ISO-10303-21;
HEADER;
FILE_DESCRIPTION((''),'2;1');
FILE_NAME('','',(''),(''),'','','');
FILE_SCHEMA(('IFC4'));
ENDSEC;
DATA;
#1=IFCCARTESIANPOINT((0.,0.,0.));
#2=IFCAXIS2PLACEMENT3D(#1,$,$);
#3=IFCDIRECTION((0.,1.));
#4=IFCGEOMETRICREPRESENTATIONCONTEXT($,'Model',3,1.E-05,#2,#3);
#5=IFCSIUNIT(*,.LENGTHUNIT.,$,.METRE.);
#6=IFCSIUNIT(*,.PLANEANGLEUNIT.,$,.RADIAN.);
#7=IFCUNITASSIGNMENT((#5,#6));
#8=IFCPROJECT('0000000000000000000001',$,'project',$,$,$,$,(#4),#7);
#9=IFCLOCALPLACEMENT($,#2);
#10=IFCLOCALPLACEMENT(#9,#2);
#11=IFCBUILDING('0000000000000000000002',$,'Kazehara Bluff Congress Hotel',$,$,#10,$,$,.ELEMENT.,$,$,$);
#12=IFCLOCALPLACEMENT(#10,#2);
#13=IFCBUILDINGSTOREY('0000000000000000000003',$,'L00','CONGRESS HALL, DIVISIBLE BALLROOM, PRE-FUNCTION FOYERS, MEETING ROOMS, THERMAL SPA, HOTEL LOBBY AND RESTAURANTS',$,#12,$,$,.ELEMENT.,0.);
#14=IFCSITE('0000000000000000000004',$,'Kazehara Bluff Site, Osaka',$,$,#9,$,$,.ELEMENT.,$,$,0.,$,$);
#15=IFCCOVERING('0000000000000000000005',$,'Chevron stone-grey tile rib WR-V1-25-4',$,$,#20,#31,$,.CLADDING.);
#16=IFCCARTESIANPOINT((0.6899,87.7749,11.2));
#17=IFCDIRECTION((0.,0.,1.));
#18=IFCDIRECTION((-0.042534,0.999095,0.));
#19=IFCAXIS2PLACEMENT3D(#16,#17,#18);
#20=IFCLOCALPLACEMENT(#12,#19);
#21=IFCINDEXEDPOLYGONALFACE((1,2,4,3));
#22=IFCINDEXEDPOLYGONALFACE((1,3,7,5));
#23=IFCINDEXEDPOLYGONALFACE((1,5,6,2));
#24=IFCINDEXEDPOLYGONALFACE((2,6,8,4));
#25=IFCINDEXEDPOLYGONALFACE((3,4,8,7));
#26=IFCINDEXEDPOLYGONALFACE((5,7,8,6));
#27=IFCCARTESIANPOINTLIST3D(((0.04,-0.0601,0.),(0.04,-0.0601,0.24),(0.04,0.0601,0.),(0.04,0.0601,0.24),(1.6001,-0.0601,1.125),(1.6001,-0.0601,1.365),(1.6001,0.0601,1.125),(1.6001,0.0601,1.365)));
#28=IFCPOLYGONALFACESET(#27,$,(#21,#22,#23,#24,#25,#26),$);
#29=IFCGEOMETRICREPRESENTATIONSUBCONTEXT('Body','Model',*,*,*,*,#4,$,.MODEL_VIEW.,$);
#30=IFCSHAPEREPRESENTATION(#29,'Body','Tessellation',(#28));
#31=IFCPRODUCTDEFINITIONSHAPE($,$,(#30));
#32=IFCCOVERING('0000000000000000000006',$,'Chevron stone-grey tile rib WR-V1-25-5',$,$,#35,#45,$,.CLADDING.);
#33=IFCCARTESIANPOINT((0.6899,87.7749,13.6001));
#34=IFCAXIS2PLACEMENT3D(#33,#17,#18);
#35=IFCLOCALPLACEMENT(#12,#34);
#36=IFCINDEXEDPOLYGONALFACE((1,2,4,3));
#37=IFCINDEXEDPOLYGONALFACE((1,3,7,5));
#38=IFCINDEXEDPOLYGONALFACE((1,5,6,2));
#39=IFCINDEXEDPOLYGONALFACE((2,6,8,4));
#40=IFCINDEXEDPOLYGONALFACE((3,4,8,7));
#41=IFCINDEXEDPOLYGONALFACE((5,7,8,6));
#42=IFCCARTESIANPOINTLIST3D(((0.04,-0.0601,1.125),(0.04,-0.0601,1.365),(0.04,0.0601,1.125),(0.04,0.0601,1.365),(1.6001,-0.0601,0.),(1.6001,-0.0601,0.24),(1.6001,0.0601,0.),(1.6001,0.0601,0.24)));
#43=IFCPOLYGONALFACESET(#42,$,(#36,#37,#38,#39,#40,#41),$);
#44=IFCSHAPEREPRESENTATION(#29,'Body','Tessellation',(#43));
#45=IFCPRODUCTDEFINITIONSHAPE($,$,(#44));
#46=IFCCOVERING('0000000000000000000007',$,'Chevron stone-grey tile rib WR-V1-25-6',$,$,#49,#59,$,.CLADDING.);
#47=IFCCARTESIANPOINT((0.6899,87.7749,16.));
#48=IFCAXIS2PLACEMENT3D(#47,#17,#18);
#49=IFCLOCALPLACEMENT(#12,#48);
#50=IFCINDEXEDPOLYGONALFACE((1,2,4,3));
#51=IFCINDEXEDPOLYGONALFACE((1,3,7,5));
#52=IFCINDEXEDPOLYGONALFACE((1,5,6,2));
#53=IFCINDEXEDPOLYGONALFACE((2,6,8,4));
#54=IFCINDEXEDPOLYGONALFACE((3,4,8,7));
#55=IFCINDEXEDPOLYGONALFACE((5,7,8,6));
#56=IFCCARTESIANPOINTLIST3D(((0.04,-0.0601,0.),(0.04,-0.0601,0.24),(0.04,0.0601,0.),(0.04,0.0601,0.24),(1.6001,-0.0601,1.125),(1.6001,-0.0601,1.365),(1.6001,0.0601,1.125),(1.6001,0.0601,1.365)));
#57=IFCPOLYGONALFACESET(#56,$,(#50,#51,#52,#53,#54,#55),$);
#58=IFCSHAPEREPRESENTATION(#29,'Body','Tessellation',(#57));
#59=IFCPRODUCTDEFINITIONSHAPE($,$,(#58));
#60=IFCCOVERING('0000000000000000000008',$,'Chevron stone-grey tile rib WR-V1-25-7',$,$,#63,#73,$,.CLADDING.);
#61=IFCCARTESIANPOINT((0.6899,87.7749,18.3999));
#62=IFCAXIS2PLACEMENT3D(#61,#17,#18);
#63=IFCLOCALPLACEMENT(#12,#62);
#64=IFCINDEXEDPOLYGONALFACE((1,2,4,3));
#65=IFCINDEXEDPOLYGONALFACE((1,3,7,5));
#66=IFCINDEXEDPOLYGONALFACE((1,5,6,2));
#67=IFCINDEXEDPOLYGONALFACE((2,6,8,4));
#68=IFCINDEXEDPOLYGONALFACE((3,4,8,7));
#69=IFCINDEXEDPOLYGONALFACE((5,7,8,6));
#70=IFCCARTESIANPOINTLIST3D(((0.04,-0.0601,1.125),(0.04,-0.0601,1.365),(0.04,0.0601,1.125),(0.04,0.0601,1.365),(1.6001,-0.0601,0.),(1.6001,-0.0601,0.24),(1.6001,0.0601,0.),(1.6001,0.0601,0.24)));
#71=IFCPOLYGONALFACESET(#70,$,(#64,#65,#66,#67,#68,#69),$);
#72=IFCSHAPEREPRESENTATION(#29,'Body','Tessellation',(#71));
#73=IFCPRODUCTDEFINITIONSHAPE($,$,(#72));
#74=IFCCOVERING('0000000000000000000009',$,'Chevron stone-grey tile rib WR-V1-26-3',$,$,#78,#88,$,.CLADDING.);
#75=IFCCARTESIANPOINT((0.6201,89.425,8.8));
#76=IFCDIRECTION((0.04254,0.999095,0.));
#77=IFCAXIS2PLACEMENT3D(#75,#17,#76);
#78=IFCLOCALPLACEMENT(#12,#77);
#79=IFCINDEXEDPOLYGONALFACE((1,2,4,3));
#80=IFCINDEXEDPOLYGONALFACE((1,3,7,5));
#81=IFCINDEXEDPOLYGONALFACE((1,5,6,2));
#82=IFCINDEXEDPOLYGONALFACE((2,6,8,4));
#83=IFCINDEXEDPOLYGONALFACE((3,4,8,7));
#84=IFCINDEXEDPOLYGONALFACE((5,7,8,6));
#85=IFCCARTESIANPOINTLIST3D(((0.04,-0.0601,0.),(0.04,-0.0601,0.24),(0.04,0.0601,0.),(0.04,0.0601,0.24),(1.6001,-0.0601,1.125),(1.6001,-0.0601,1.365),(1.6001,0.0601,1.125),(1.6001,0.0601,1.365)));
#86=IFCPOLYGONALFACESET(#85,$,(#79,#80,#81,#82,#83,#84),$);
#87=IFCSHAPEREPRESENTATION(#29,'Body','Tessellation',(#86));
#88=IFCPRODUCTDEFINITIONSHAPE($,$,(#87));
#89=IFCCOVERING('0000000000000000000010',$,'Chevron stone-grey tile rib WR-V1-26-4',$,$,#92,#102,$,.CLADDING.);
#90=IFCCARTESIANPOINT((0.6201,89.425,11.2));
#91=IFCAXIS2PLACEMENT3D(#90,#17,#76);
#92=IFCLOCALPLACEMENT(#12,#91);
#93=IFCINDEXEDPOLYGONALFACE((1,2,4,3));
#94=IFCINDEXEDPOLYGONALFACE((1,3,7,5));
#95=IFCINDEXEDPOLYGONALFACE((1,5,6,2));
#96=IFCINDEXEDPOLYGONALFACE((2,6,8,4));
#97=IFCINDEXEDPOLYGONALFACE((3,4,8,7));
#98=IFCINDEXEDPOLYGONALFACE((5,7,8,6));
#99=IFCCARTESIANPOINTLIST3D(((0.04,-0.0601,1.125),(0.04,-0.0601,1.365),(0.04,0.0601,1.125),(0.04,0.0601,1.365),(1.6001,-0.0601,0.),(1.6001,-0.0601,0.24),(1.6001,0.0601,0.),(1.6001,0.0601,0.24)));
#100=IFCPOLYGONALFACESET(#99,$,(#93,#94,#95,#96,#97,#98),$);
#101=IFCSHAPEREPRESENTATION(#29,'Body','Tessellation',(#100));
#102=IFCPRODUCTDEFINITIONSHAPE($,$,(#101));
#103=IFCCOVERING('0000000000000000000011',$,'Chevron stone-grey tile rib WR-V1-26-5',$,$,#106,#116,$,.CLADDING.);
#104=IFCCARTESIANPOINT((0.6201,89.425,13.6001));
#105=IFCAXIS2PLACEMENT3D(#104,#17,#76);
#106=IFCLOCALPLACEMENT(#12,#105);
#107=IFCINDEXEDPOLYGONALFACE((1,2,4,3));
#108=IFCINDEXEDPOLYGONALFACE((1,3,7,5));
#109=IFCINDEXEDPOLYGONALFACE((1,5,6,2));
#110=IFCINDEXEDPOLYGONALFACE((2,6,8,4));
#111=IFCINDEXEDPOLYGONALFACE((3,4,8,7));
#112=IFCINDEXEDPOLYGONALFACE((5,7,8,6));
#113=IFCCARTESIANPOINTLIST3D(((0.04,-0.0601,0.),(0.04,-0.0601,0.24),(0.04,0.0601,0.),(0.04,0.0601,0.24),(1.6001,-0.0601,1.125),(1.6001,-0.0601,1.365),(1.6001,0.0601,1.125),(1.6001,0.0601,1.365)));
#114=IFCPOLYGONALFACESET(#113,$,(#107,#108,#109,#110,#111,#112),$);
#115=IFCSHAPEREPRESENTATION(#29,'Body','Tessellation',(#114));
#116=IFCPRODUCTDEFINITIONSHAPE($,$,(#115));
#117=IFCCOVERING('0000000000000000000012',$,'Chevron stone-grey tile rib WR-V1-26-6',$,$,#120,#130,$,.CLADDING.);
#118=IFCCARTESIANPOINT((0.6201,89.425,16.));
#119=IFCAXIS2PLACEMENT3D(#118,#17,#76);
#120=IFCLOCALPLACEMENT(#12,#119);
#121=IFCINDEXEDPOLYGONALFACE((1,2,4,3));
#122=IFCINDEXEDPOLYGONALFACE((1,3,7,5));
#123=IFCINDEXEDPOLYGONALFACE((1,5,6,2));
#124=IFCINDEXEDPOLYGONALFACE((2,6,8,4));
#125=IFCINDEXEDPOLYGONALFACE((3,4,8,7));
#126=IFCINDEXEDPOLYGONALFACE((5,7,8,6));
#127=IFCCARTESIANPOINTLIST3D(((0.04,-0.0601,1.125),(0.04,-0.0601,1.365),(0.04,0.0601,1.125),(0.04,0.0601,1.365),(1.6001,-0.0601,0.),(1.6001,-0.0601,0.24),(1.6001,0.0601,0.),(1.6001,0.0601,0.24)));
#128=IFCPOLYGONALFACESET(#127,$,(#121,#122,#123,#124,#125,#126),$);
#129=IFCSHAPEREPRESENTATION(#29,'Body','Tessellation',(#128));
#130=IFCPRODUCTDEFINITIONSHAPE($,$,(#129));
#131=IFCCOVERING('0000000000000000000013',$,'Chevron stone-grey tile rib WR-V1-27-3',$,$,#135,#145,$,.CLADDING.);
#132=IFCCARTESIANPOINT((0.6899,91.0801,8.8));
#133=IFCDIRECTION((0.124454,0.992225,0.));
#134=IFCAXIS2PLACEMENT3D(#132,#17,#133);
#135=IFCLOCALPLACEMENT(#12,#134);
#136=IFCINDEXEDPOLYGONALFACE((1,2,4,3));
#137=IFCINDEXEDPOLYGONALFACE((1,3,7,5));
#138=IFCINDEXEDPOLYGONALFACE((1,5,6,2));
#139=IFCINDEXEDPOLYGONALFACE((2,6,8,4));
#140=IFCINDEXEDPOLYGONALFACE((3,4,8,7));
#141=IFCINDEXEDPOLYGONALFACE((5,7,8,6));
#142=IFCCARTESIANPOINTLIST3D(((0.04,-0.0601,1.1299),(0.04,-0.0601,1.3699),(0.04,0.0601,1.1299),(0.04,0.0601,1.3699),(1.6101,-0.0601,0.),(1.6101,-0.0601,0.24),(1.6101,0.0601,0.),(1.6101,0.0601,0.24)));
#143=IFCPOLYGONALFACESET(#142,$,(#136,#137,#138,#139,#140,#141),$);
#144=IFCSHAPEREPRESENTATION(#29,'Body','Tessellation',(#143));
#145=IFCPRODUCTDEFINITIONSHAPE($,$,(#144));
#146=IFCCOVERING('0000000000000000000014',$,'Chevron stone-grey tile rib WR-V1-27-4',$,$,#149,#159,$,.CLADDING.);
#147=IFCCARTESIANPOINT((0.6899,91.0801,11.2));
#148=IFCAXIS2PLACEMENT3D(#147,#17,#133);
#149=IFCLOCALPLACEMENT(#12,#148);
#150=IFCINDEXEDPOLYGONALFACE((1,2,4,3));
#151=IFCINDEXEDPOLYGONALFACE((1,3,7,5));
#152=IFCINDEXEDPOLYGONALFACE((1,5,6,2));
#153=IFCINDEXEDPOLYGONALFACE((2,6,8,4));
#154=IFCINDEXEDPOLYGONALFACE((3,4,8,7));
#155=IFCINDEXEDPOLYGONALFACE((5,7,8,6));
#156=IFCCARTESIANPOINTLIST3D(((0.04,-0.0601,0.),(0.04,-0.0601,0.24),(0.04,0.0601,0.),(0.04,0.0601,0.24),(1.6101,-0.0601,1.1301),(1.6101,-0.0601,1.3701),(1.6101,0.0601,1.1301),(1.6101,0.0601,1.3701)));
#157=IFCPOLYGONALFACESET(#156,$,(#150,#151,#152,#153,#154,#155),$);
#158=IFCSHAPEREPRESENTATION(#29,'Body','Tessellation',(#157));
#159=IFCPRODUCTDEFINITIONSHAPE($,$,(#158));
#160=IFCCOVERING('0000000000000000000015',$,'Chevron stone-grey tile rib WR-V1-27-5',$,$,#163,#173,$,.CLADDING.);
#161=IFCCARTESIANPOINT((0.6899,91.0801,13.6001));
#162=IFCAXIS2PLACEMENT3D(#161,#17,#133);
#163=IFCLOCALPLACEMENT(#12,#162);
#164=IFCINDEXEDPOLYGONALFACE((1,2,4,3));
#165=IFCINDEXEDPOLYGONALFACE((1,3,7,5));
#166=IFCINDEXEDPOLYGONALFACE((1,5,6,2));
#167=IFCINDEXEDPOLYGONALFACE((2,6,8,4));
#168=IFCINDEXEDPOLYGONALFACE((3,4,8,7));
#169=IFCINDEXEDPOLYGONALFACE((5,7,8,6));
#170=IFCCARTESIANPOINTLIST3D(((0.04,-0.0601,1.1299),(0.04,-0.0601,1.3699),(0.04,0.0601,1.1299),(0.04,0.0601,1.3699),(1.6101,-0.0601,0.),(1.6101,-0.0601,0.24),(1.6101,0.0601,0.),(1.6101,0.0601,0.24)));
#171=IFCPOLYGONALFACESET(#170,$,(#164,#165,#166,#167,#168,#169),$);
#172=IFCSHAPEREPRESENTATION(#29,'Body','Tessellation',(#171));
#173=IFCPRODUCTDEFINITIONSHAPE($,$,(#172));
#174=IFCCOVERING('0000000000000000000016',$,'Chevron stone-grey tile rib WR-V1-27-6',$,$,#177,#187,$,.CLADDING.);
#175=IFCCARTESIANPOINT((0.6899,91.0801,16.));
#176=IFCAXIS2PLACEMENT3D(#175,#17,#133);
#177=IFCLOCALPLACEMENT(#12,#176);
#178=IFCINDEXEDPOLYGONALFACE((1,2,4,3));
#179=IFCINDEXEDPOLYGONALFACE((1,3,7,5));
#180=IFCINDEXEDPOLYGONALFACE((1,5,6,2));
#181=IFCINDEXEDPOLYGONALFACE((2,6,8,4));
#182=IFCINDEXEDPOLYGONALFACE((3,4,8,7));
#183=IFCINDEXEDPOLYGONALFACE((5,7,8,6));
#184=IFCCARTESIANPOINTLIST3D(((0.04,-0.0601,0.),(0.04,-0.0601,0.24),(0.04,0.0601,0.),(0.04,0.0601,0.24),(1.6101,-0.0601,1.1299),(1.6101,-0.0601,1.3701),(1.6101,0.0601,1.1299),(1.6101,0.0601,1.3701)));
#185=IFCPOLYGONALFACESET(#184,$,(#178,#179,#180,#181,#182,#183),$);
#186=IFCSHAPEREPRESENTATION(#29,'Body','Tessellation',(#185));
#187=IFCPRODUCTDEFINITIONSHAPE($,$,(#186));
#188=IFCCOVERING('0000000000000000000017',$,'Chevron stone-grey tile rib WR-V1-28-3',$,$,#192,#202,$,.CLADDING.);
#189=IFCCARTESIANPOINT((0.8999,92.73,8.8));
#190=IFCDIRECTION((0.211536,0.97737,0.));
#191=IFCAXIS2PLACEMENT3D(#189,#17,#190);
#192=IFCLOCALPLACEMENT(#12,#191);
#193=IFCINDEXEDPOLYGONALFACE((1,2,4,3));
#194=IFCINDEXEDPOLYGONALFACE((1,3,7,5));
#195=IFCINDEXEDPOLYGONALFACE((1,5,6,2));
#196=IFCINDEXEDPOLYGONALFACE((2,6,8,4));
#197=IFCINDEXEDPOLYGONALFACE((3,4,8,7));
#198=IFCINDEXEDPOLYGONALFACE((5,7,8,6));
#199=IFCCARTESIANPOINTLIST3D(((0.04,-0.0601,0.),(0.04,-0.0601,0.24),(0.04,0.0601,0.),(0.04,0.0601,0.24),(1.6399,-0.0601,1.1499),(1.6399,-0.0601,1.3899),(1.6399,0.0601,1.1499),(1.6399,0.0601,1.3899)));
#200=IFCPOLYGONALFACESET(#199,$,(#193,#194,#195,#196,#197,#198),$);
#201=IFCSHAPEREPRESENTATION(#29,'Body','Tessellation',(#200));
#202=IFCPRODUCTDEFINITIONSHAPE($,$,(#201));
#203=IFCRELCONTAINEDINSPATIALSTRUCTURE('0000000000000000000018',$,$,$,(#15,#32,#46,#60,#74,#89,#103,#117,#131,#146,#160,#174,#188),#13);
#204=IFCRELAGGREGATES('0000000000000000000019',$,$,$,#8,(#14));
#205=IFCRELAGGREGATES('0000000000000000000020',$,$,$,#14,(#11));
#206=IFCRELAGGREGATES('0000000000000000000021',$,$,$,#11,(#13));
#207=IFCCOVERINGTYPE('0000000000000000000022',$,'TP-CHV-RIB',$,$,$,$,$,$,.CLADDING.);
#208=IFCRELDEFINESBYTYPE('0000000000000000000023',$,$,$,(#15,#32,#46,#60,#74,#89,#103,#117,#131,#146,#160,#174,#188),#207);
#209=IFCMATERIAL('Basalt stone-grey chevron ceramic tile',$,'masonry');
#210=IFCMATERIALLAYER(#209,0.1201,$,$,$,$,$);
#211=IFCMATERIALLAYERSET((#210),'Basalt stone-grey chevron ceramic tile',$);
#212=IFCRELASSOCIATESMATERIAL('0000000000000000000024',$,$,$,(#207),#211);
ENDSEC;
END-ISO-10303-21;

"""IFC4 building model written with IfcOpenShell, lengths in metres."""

from ifc_helpers import new_model, si_unit, direction, frame, origin, place, context, subcontext, project, spatial, polyline, outline, extrude, material, layer, layer_set, type_object, element, save


model = new_model("IFC4")

# Units and contexts
model_context = context("Model", 3, precision=1e-05, world=origin(), true_north=direction((0.0, 1.0)))
body_context = subcontext(model_context, "Body", "Model", "MODEL_VIEW")
ifc_project = project(units=[si_unit("LENGTHUNIT", "METRE"), si_unit("PLANEANGLEUNIT", "RADIAN")], contexts=[model_context])

# Site, building, storey
site_placement = place(None, origin())
site = spatial("IfcSite", under=ifc_project, at=site_placement, Name="Kazehara Bluff Site, Osaka", CompositionType="ELEMENT", RefElevation=0.0)
building_placement = place(site_placement, origin())
building = spatial("IfcBuilding", under=site, at=building_placement, Name="Kazehara Bluff Congress Hotel", CompositionType="ELEMENT")
storey_placement = place(building_placement, origin())
storey = spatial("IfcBuildingStorey", under=building, at=storey_placement, Name="L00", Description="CONGRESS HALL, DIVISIBLE BALLROOM, PRE-FUNCTION FOYERS, MEETING ROOMS, THERMAL SPA, HOTEL LOBBY AND RESTAURANTS", CompositionType="ELEMENT", Elevation=0.0)

# Coverings
ifc_material = material(Name="Basalt stone-grey chevron ceramic tile", Category="masonry")
ifc_layer = layer(ifc_material, 0.1201)
ifc_layer_set = layer_set([ifc_layer], Name="Basalt stone-grey chevron ceramic tile")
covering_type = type_object("IfcCoveringType", Name="TP-CHV-RIB", PredefinedType="CLADDING", material=ifc_layer_set)
covering_1_placement = place(storey_placement, frame((0.6899, 87.7749, 11.2), z_axis=(0.0, 0.0, 1.0), x_axis=(-0.042534, 0.999095, 0.0)))
element("IfcCovering", 1, at=covering_1_placement, inside=storey, type_object=covering_type, Name="Chevron stone-grey tile rib WR-V1-25-4", PredefinedType="CLADDING", context=body_context, shape_type="SweptSolid", body=[
    extrude(outline(polyline([(0.04, 0.0), (1.6001, 1.125), (1.6001, 1.365), (0.04, 0.24), (0.04, 0.0)])), frame((0.0, 0.0601, 0.0), z_axis=(0.0, -1.0, 0.0), x_axis=(1.0, 0.0, 0.0)), (0.0, 0.0, 1.0), 0.1201),
])
covering_2_placement = place(storey_placement, frame((0.6899, 87.7749, 13.6001), z_axis=(0.0, 0.0, 1.0), x_axis=(-0.042534, 0.999095, 0.0)))
element("IfcCovering", 2, at=covering_2_placement, inside=storey, type_object=covering_type, Name="Chevron stone-grey tile rib WR-V1-25-5", PredefinedType="CLADDING", context=body_context, shape_type="SweptSolid", body=[
    extrude(outline(polyline([(0.04, 1.125), (1.6001, 0.0), (1.6001, 0.24), (0.04, 1.365), (0.04, 1.125)])), frame((0.0, 0.0601, 0.0), z_axis=(0.0, -1.0, 0.0), x_axis=(1.0, 0.0, 0.0)), (0.0, 0.0, 1.0), 0.1201),
])
covering_3_placement = place(storey_placement, frame((0.6899, 87.7749, 16.0), z_axis=(0.0, 0.0, 1.0), x_axis=(-0.042534, 0.999095, 0.0)))
element("IfcCovering", 3, at=covering_3_placement, inside=storey, type_object=covering_type, Name="Chevron stone-grey tile rib WR-V1-25-6", PredefinedType="CLADDING", context=body_context, shape_type="SweptSolid", body=[
    extrude(outline(polyline([(0.04, 0.0), (1.6001, 1.125), (1.6001, 1.365), (0.04, 0.24), (0.04, 0.0)])), frame((0.0, 0.0601, 0.0), z_axis=(0.0, -1.0, 0.0), x_axis=(1.0, 0.0, 0.0)), (0.0, 0.0, 1.0), 0.1201),
])
covering_4_placement = place(storey_placement, frame((0.6899, 87.7749, 18.3999), z_axis=(0.0, 0.0, 1.0), x_axis=(-0.042534, 0.999095, 0.0)))
element("IfcCovering", 4, at=covering_4_placement, inside=storey, type_object=covering_type, Name="Chevron stone-grey tile rib WR-V1-25-7", PredefinedType="CLADDING", context=body_context, shape_type="SweptSolid", body=[
    extrude(outline(polyline([(0.04, 1.125), (1.6001, 0.0), (1.6001, 0.24), (0.04, 1.365), (0.04, 1.125)])), frame((0.0, 0.0601, 0.0), z_axis=(0.0, -1.0, 0.0), x_axis=(1.0, 0.0, 0.0)), (0.0, 0.0, 1.0), 0.1201),
])
covering_5_placement = place(storey_placement, frame((0.6201, 89.425, 8.8), z_axis=(0.0, 0.0, 1.0), x_axis=(0.04254, 0.999095, 0.0)))
element("IfcCovering", 5, at=covering_5_placement, inside=storey, type_object=covering_type, Name="Chevron stone-grey tile rib WR-V1-26-3", PredefinedType="CLADDING", context=body_context, shape_type="SweptSolid", body=[
    extrude(outline(polyline([(0.04, 0.0), (1.6001, 1.125), (1.6001, 1.365), (0.04, 0.24), (0.04, 0.0)])), frame((0.0, 0.0601, 0.0), z_axis=(0.0, -1.0, 0.0), x_axis=(1.0, 0.0, 0.0)), (0.0, 0.0, 1.0), 0.1201),
])
covering_6_placement = place(storey_placement, frame((0.6201, 89.425, 11.2), z_axis=(0.0, 0.0, 1.0), x_axis=(0.04254, 0.999095, 0.0)))
element("IfcCovering", 6, at=covering_6_placement, inside=storey, type_object=covering_type, Name="Chevron stone-grey tile rib WR-V1-26-4", PredefinedType="CLADDING", context=body_context, shape_type="SweptSolid", body=[
    extrude(outline(polyline([(0.04, 1.125), (1.6001, 0.0), (1.6001, 0.24), (0.04, 1.365), (0.04, 1.125)])), frame((0.0, 0.0601, 0.0), z_axis=(0.0, -1.0, 0.0), x_axis=(1.0, 0.0, 0.0)), (0.0, 0.0, 1.0), 0.1201),
])
covering_7_placement = place(storey_placement, frame((0.6201, 89.425, 13.6001), z_axis=(0.0, 0.0, 1.0), x_axis=(0.04254, 0.999095, 0.0)))
element("IfcCovering", 7, at=covering_7_placement, inside=storey, type_object=covering_type, Name="Chevron stone-grey tile rib WR-V1-26-5", PredefinedType="CLADDING", context=body_context, shape_type="SweptSolid", body=[
    extrude(outline(polyline([(0.04, 0.0), (1.6001, 1.125), (1.6001, 1.365), (0.04, 0.24), (0.04, 0.0)])), frame((0.0, 0.0601, 0.0), z_axis=(0.0, -1.0, 0.0), x_axis=(1.0, 0.0, 0.0)), (0.0, 0.0, 1.0), 0.1201),
])
covering_8_placement = place(storey_placement, frame((0.6201, 89.425, 16.0), z_axis=(0.0, 0.0, 1.0), x_axis=(0.04254, 0.999095, 0.0)))
element("IfcCovering", 8, at=covering_8_placement, inside=storey, type_object=covering_type, Name="Chevron stone-grey tile rib WR-V1-26-6", PredefinedType="CLADDING", context=body_context, shape_type="SweptSolid", body=[
    extrude(outline(polyline([(0.04, 1.125), (1.6001, 0.0), (1.6001, 0.24), (0.04, 1.365), (0.04, 1.125)])), frame((0.0, 0.0601, 0.0), z_axis=(0.0, -1.0, 0.0), x_axis=(1.0, 0.0, 0.0)), (0.0, 0.0, 1.0), 0.1201),
])
covering_9_placement = place(storey_placement, frame((0.6899, 91.0801, 8.8), z_axis=(0.0, 0.0, 1.0), x_axis=(0.124454, 0.992225, 0.0)))
element("IfcCovering", 9, at=covering_9_placement, inside=storey, type_object=covering_type, Name="Chevron stone-grey tile rib WR-V1-27-3", PredefinedType="CLADDING", context=body_context, shape_type="SweptSolid", body=[
    extrude(outline(polyline([(0.04, 1.1299), (1.6101, 0.0), (1.6101, 0.24), (0.04, 1.3699), (0.04, 1.1299)])), frame((0.0, 0.0601, 0.0), z_axis=(0.0, -1.0, 0.0), x_axis=(1.0, 0.0, 0.0)), (0.0, 0.0, 1.0), 0.1201),
])
covering_10_placement = place(storey_placement, frame((0.6899, 91.0801, 11.2), z_axis=(0.0, 0.0, 1.0), x_axis=(0.124454, 0.992225, 0.0)))
element("IfcCovering", 10, at=covering_10_placement, inside=storey, type_object=covering_type, Name="Chevron stone-grey tile rib WR-V1-27-4", PredefinedType="CLADDING", context=body_context, shape_type="SweptSolid", body=[
    extrude(outline(polyline([(0.04, 0.0), (1.6101, 1.1301), (1.6101, 1.3701), (0.04, 0.24), (0.04, 0.0)])), frame((0.0, 0.0601, 0.0), z_axis=(0.0, -1.0, 0.0), x_axis=(1.0, 0.0, 0.0)), (0.0, 0.0, 1.0), 0.1201),
])
covering_11_placement = place(storey_placement, frame((0.6899, 91.0801, 13.6001), z_axis=(0.0, 0.0, 1.0), x_axis=(0.124454, 0.992225, 0.0)))
element("IfcCovering", 11, at=covering_11_placement, inside=storey, type_object=covering_type, Name="Chevron stone-grey tile rib WR-V1-27-5", PredefinedType="CLADDING", context=body_context, shape_type="SweptSolid", body=[
    extrude(outline(polyline([(0.04, 1.1299), (1.6101, 0.0), (1.6101, 0.24), (0.04, 1.3699), (0.04, 1.1299)])), frame((0.0, 0.0601, 0.0), z_axis=(0.0, -1.0, 0.0), x_axis=(1.0, 0.0, 0.0)), (0.0, 0.0, 1.0), 0.1201),
])
covering_12_placement = place(storey_placement, frame((0.6899, 91.0801, 16.0), z_axis=(0.0, 0.0, 1.0), x_axis=(0.124454, 0.992225, 0.0)))
element("IfcCovering", 12, at=covering_12_placement, inside=storey, type_object=covering_type, Name="Chevron stone-grey tile rib WR-V1-27-6", PredefinedType="CLADDING", context=body_context, shape_type="SweptSolid", body=[
    extrude(outline(polyline([(0.04, 0.0), (1.6101, 1.1299), (1.6101, 1.3701), (0.04, 0.24), (0.04, 0.0)])), frame((0.0, 0.0601, 0.0), z_axis=(0.0, -1.0, 0.0), x_axis=(1.0, 0.0, 0.0)), (0.0, 0.0, 1.0), 0.1201),
])
covering_13_placement = place(storey_placement, frame((0.8999, 92.73, 8.8), z_axis=(0.0, 0.0, 1.0), x_axis=(0.211536, 0.97737, 0.0)))
element("IfcCovering", 13, at=covering_13_placement, inside=storey, type_object=covering_type, Name="Chevron stone-grey tile rib WR-V1-28-3", PredefinedType="CLADDING", context=body_context, shape_type="SweptSolid", body=[
    extrude(outline(polyline([(0.04, 0.0), (1.6399, 1.1499), (1.6399, 1.3899), (0.04, 0.24), (0.04, 0.0)])), frame((0.0, 0.0601, 0.0), z_axis=(0.0, -1.0, 0.0), x_axis=(1.0, 0.0, 0.0)), (0.0, 0.0, 1.0), 0.1201),
])

save(model, "model.ifc")
